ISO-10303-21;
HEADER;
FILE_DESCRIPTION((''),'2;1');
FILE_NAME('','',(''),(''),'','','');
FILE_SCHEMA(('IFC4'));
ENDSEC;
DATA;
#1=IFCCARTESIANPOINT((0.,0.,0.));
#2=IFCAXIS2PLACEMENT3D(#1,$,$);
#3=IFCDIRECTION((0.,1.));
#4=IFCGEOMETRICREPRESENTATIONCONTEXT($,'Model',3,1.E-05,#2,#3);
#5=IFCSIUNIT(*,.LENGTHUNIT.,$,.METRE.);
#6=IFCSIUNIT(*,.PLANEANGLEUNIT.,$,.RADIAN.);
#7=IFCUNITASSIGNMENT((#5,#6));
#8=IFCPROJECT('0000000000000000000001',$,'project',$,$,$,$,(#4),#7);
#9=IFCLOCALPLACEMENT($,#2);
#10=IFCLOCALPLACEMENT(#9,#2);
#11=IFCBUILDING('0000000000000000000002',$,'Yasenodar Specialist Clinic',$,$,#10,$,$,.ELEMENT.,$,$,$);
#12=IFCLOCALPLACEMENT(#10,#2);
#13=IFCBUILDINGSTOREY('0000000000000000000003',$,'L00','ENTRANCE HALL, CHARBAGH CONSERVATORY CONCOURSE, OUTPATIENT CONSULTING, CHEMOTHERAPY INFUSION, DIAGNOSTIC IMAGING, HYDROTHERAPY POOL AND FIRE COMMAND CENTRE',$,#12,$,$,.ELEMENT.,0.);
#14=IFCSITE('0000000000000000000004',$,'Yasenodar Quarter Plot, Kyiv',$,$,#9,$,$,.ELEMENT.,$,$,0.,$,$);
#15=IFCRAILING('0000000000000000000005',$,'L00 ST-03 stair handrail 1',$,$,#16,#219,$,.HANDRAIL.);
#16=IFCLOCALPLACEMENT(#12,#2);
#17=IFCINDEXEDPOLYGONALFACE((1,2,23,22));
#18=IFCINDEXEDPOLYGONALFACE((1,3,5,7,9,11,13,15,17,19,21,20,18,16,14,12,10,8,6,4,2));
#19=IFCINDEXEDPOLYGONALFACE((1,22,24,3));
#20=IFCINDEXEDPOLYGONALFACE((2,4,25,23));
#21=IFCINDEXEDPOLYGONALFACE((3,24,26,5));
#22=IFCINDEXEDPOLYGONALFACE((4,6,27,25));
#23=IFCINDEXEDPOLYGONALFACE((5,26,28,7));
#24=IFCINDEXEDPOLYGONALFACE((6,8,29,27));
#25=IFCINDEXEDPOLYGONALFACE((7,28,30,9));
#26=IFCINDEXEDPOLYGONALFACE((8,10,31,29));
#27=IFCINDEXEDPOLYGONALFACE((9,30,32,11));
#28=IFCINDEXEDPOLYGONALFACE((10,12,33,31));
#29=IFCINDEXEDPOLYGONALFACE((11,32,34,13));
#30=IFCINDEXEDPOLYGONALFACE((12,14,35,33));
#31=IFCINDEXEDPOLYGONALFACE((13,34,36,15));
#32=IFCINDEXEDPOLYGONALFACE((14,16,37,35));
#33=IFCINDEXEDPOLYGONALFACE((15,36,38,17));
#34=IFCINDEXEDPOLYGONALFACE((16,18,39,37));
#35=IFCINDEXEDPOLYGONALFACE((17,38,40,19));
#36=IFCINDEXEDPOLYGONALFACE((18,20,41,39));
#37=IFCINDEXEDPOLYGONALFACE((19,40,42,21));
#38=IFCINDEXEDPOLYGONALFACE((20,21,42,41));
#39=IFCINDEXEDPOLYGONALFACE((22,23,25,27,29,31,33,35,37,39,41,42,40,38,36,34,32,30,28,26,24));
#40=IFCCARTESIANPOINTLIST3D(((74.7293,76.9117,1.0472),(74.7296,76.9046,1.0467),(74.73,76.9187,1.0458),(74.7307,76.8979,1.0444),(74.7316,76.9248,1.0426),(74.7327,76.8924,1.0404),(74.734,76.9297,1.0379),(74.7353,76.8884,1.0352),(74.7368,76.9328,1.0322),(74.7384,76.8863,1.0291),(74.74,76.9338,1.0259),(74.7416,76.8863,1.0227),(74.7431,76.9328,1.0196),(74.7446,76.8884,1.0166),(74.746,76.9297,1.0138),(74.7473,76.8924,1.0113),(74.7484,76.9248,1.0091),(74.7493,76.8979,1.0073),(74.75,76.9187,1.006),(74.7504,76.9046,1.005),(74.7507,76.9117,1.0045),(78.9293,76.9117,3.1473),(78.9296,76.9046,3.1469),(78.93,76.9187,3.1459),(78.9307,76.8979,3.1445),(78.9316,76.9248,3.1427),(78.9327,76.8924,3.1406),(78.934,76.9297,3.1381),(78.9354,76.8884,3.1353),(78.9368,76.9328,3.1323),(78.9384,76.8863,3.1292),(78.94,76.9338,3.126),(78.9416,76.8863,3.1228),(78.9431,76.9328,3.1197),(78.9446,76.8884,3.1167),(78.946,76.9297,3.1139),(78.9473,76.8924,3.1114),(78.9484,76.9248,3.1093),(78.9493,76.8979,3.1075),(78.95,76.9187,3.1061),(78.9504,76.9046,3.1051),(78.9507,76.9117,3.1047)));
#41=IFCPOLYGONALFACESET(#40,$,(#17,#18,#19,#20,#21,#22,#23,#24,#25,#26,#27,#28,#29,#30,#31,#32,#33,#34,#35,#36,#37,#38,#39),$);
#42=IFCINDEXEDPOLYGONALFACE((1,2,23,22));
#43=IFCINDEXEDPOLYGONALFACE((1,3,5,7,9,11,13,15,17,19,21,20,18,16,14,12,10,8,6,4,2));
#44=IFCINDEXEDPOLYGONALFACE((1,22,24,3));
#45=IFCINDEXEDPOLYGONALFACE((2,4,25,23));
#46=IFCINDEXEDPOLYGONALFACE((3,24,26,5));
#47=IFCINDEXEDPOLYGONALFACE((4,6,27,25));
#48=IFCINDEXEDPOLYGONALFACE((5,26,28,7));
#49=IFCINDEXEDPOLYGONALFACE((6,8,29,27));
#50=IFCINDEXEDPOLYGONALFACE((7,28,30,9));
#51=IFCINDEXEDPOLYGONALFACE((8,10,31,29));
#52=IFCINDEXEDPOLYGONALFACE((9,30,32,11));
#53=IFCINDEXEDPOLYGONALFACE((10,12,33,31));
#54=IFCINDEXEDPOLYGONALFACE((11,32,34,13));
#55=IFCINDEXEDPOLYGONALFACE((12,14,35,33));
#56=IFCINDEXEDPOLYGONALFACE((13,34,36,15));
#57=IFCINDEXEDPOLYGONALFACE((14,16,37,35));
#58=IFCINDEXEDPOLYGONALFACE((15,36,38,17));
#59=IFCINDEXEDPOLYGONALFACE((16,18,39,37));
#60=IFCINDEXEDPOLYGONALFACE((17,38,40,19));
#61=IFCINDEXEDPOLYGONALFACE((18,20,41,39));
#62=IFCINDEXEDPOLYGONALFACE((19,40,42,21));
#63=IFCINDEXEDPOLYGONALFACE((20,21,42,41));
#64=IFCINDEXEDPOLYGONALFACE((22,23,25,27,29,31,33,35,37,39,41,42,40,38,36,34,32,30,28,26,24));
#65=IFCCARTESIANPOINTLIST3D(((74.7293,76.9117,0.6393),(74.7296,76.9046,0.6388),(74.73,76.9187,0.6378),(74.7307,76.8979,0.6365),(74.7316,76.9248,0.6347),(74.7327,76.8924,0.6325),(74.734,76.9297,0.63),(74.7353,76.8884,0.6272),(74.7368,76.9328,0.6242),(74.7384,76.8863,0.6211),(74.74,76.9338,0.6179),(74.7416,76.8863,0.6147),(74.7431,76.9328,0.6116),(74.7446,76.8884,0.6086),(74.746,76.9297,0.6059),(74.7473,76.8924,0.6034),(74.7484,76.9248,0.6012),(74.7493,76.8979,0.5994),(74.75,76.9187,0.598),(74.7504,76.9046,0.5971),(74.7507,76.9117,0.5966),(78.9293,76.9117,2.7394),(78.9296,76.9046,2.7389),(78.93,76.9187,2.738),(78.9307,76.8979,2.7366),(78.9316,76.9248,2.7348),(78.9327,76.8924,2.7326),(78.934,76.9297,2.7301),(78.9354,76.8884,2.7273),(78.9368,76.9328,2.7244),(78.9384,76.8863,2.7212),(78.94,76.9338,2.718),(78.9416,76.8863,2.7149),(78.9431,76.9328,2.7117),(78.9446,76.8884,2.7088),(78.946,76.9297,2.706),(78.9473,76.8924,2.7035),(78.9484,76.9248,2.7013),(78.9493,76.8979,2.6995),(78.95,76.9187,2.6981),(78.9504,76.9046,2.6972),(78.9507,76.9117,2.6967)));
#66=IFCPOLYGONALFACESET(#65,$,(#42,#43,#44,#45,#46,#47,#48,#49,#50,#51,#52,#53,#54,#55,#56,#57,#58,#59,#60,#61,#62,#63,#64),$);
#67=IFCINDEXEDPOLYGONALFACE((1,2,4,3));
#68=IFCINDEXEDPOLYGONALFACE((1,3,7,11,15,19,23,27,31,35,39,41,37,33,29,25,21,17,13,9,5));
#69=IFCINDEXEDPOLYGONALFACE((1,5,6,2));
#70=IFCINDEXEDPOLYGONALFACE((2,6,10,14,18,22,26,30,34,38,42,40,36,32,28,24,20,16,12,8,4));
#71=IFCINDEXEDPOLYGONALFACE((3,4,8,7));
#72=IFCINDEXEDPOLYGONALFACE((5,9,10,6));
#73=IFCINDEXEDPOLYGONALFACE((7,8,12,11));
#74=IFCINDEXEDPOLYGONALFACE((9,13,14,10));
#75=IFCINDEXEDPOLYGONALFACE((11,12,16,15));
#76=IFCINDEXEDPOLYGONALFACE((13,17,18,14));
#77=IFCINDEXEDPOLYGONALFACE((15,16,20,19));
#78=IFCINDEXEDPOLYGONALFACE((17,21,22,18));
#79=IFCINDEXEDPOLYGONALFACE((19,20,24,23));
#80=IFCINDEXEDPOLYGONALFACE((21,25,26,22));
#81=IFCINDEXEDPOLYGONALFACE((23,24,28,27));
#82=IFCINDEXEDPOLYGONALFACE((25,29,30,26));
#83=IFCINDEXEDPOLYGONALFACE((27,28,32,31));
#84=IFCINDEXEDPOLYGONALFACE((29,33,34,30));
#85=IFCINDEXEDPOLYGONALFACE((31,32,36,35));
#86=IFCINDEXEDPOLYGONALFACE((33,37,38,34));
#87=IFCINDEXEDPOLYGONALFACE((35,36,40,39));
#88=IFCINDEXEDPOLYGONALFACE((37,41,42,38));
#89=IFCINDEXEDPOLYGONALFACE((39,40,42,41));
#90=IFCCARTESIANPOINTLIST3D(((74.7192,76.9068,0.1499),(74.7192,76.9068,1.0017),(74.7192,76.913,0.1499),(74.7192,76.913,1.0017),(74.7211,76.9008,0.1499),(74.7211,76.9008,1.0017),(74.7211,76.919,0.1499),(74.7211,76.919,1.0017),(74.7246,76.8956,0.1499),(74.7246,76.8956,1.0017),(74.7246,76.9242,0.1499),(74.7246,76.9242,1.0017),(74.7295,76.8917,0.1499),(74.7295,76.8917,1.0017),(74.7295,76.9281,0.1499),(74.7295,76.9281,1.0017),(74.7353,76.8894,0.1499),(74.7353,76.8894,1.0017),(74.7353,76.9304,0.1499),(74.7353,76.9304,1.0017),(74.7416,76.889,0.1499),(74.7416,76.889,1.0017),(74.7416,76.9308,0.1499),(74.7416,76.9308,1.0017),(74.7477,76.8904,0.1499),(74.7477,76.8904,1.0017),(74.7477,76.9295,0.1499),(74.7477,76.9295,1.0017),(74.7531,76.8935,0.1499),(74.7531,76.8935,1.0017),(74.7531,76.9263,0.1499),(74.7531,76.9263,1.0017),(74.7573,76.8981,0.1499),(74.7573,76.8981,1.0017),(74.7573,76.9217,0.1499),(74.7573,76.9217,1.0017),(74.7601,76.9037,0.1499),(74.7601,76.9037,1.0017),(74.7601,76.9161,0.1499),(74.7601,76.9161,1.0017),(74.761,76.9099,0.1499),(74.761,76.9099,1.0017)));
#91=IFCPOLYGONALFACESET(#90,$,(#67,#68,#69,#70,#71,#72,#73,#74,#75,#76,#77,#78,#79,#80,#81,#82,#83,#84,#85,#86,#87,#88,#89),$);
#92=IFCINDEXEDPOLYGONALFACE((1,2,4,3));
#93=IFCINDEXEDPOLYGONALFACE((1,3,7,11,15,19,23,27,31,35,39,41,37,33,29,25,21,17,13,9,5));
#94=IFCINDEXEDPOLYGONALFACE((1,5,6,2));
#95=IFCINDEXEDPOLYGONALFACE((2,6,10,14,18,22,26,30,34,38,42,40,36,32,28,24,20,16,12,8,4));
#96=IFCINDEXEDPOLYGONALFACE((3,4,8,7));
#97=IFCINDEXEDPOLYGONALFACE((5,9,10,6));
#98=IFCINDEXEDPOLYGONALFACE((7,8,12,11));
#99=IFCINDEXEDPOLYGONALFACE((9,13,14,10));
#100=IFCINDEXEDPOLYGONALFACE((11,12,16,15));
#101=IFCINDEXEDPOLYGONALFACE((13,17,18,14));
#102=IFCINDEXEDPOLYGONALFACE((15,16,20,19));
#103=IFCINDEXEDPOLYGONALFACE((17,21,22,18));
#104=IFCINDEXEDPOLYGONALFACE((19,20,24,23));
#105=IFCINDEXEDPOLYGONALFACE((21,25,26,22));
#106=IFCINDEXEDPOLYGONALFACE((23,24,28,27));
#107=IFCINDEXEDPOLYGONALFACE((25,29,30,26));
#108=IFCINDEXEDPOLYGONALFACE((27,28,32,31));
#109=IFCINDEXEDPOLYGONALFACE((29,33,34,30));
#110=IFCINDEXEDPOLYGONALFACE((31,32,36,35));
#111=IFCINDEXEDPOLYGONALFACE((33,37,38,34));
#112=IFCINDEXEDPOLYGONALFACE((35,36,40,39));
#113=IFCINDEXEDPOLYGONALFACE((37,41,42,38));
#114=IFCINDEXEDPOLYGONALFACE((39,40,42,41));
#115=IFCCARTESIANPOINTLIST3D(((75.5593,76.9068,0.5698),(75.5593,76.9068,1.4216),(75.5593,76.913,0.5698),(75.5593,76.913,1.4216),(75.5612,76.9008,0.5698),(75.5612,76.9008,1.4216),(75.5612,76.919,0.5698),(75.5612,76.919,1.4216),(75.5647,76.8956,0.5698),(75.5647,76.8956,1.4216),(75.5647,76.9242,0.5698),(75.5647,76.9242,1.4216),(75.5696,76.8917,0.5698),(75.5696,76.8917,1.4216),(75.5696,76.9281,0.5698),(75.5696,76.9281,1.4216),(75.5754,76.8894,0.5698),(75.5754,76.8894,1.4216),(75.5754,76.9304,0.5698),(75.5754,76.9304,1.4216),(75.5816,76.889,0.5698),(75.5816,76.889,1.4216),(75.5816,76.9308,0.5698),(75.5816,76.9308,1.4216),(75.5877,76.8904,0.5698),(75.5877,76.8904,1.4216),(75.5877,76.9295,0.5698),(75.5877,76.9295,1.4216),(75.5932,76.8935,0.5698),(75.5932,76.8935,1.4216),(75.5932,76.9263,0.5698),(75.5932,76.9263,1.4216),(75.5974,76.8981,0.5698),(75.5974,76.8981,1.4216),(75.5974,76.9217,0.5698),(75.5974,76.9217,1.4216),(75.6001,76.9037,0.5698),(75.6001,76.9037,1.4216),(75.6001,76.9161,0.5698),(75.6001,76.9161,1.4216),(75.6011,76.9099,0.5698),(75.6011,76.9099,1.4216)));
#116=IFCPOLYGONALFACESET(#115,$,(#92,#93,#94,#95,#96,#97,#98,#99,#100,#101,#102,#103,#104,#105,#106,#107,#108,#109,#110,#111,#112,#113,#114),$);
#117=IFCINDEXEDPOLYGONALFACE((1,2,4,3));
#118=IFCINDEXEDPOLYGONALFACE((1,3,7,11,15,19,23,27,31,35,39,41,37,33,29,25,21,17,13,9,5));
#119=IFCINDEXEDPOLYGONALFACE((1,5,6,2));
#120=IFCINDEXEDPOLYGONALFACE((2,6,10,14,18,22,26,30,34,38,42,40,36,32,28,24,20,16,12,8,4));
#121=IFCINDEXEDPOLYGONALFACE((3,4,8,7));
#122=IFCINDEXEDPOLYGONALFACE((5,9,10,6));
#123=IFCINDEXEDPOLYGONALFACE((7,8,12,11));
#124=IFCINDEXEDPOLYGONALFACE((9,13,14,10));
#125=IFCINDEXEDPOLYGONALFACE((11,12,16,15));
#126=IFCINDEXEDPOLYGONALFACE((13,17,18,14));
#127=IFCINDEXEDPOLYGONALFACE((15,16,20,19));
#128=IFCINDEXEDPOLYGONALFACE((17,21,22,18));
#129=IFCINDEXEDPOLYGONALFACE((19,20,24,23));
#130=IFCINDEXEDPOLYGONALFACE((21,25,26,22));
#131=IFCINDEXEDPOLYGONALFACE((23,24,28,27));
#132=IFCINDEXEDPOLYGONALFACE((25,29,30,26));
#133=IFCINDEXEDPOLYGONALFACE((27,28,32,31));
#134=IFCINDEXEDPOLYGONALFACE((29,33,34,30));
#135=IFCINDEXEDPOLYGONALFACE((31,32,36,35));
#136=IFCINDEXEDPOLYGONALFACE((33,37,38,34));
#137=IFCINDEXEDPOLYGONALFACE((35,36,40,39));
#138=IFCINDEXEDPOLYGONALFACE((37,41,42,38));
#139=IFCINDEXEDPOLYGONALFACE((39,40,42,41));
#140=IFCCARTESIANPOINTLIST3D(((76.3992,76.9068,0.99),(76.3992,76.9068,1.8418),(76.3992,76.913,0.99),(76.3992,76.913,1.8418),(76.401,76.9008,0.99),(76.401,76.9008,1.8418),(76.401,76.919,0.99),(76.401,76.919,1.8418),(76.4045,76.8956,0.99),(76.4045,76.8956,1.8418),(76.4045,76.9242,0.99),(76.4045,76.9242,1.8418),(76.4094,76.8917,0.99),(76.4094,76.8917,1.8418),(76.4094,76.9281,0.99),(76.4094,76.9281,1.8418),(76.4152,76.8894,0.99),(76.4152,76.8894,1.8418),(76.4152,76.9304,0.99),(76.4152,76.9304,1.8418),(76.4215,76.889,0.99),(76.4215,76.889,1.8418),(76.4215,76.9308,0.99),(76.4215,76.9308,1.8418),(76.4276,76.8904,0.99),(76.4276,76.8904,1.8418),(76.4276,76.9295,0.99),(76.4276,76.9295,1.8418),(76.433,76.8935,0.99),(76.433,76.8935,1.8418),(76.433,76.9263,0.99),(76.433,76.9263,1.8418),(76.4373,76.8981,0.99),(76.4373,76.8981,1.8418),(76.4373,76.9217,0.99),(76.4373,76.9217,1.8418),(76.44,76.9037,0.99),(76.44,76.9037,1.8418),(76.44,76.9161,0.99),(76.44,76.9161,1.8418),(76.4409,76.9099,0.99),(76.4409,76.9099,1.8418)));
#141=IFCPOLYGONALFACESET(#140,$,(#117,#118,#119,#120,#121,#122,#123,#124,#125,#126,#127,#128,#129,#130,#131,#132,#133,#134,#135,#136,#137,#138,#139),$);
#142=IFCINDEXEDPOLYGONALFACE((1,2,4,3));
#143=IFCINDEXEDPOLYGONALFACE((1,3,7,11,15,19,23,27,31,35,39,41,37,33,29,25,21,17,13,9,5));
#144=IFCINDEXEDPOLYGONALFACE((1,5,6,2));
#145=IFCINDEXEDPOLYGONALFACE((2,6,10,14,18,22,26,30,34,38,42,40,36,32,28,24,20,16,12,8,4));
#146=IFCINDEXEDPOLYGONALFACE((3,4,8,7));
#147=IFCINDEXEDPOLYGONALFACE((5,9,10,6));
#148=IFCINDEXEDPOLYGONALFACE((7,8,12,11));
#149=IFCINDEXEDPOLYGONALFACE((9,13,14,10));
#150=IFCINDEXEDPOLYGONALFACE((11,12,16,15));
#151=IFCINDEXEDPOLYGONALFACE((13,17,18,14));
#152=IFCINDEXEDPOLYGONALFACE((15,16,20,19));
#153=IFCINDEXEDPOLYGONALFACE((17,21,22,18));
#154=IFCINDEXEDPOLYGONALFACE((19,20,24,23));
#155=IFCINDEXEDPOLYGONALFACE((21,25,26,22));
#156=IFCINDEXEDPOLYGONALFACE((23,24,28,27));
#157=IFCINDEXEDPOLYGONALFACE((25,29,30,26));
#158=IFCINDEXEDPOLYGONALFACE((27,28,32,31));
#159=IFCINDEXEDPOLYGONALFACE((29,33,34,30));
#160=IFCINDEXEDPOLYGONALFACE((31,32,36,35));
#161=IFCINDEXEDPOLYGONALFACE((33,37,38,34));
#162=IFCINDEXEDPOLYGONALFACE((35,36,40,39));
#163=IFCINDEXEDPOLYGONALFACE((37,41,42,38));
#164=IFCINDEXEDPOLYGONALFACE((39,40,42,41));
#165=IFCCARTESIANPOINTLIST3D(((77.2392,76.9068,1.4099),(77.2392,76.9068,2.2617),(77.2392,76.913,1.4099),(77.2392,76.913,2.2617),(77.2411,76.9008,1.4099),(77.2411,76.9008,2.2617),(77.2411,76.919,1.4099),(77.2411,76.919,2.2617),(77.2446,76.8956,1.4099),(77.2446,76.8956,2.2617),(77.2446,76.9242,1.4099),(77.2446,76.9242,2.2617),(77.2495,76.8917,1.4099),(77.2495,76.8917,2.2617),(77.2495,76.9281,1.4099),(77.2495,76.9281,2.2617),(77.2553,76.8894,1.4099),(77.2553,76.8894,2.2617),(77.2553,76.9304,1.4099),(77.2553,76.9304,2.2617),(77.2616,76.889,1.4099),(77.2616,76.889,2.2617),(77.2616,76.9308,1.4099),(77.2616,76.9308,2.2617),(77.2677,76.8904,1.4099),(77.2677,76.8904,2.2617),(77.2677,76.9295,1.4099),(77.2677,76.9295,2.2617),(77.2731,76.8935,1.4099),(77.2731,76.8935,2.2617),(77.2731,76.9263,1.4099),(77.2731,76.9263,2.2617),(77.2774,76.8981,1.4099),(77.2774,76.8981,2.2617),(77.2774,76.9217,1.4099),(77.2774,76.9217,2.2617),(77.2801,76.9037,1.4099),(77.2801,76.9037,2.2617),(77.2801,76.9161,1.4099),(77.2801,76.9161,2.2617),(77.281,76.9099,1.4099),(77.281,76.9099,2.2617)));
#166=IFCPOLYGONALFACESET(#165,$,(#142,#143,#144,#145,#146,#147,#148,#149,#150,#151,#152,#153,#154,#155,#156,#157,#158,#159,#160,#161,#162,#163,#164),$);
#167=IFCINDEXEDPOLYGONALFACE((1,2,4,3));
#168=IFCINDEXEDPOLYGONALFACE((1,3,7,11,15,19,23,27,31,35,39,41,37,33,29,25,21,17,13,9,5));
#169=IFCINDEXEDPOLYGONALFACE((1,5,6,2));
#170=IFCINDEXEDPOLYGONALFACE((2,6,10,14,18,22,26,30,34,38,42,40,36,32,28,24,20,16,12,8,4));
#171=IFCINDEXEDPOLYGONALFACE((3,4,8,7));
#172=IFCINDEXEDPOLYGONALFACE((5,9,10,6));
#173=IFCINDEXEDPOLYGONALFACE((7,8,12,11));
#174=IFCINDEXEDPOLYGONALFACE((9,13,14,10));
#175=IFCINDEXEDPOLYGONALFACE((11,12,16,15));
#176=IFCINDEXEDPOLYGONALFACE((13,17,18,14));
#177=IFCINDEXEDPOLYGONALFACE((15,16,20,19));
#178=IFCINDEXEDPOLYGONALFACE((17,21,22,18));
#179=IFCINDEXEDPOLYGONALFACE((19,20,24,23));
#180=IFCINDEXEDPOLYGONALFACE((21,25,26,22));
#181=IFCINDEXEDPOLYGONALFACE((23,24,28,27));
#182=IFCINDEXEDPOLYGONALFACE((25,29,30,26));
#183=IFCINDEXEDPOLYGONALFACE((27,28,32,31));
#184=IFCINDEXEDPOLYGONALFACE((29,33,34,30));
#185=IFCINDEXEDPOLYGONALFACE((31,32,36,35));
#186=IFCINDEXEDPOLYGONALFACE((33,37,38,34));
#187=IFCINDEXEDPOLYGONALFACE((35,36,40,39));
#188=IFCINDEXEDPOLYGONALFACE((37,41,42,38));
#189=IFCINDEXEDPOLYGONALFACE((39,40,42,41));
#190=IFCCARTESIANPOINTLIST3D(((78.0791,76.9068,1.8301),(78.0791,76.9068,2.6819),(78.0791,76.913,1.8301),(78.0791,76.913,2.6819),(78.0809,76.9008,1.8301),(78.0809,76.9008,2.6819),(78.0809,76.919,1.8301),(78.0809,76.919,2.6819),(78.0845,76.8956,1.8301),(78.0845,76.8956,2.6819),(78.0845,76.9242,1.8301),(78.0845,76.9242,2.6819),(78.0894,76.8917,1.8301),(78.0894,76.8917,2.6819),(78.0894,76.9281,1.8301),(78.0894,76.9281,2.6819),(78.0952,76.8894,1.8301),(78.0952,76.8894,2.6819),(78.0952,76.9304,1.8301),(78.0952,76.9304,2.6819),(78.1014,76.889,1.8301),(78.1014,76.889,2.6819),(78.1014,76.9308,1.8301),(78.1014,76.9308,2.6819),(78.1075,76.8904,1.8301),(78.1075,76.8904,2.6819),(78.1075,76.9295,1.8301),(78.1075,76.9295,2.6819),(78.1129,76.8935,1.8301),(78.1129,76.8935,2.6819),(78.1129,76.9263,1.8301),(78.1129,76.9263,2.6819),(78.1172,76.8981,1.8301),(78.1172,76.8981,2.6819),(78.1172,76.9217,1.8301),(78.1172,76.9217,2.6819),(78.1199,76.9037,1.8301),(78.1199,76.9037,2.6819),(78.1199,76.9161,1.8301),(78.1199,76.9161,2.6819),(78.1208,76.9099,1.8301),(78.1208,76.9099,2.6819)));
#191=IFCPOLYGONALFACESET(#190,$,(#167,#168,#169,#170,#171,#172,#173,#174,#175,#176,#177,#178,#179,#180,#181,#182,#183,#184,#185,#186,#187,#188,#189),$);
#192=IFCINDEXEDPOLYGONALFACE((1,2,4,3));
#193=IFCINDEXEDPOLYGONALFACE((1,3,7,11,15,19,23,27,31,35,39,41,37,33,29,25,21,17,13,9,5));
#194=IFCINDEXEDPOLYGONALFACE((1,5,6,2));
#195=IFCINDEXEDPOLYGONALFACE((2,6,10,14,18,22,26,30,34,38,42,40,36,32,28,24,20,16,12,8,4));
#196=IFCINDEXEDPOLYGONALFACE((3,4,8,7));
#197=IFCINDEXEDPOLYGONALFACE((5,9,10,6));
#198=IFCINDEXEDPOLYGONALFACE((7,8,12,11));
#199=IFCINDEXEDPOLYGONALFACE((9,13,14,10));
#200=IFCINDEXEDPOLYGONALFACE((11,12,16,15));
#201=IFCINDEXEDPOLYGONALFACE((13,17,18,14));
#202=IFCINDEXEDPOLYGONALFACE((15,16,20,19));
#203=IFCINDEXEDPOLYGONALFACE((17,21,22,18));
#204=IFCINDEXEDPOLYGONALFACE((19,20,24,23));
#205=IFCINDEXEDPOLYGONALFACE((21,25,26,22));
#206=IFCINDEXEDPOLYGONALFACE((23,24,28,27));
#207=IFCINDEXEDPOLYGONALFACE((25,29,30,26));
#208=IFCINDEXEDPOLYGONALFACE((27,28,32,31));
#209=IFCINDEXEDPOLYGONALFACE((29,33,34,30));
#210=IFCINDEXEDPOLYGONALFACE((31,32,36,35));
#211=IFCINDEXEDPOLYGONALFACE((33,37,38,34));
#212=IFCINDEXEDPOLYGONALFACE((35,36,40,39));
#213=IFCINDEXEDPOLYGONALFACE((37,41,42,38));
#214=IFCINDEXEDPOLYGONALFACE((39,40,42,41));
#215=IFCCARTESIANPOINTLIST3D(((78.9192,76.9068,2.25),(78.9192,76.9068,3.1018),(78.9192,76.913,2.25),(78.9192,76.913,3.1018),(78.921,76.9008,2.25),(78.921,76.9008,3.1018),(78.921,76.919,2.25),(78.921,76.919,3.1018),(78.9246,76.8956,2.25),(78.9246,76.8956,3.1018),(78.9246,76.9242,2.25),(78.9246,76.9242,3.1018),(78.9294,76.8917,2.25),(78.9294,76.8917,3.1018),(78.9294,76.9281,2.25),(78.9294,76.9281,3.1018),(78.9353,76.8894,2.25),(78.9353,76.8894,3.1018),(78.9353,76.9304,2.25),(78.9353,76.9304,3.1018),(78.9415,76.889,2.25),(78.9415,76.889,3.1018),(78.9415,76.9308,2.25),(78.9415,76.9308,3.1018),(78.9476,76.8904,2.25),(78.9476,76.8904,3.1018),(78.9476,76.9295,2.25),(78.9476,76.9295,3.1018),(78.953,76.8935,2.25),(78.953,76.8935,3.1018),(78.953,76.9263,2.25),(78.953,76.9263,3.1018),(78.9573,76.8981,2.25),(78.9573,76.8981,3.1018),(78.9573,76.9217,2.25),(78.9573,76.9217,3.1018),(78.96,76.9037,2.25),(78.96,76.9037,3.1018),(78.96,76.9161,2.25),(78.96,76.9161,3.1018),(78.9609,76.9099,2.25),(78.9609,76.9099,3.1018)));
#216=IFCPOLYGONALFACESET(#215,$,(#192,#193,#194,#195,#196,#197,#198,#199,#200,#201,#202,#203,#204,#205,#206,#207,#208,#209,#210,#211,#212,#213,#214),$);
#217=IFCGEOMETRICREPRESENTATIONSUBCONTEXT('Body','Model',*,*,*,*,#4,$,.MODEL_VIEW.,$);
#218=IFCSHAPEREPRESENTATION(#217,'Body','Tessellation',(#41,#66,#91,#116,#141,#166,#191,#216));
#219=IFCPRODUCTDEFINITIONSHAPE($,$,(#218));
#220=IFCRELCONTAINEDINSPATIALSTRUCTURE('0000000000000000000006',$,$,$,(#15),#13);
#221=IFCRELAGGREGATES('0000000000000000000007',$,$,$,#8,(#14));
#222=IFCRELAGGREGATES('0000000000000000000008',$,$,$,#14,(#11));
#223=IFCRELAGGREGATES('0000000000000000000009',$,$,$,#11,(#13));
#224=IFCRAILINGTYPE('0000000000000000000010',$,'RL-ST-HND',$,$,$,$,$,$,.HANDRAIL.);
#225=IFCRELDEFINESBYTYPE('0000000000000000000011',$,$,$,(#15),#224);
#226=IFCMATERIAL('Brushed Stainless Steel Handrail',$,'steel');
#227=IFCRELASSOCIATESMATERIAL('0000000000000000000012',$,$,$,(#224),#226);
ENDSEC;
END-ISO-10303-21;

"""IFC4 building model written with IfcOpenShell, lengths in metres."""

from ifc_helpers import new_model, si_unit, direction, frame, origin, origin_2d, place, context, subcontext, project, spatial, circle, extrude, material, type_object, element, save


model = new_model("IFC4")

# Units and contexts
model_context = context("Model", 3, precision=1e-05, world=origin(), true_north=direction((0.0, 1.0)))
body_context = subcontext(model_context, "Body", "Model", "MODEL_VIEW")
ifc_project = project(units=[si_unit("LENGTHUNIT", "METRE"), si_unit("PLANEANGLEUNIT", "RADIAN")], contexts=[model_context])

# Site, building, storey
site_placement = place(None, origin())
site = spatial("IfcSite", under=ifc_project, at=site_placement, Name="Yasenodar Quarter Plot, Kyiv", CompositionType="ELEMENT", RefElevation=0.0)
building_placement = place(site_placement, origin())
building = spatial("IfcBuilding", under=site, at=building_placement, Name="Yasenodar Specialist Clinic", CompositionType="ELEMENT")
storey_placement = place(building_placement, origin())
storey = spatial("IfcBuildingStorey", under=building, at=storey_placement, Name="L00", Description="ENTRANCE HALL, CHARBAGH CONSERVATORY CONCOURSE, OUTPATIENT CONSULTING, CHEMOTHERAPY INFUSION, DIAGNOSTIC IMAGING, HYDROTHERAPY POOL AND FIRE COMMAND CENTRE", CompositionType="ELEMENT", Elevation=0.0)

# Railing
ifc_material_1 = material(Name="Brushed Stainless Steel Handrail", Category="steel")
railing_type_1 = type_object("IfcRailingType", Name="RL-ST-HND", PredefinedType="HANDRAIL", material=ifc_material_1)
railing_1_placement = place(storey_placement, frame((74.74, 76.9099, 0.1499)))
element("IfcRailing", 1, at=railing_1_placement, inside=storey, type_object=railing_type_1, Name="L00 ST-03 stair handrail 1", PredefinedType="HANDRAIL", context=body_context, shape_type="SweptSolid", body=[
    extrude(circle(Radius=0.0239, at=origin_2d()), frame((0.0, 0.0, 0.876), z_axis=(0.894417, 0.0, 0.447234), x_axis=(0.0, 1.0, 0.0)), (0.0, 0.0, 1.0), 4.6958),
    extrude(circle(Radius=0.0239, at=origin_2d()), frame((0.0, 0.0, 0.468), z_axis=(0.894417, 0.0, 0.447234), x_axis=(0.0, 1.0, 0.0)), (0.0, 0.0, 1.0), 4.6958),
    extrude(circle(Radius=0.021, at=origin_2d()), origin(), (0.0, 0.0, 1.0), 0.8518),
    extrude(circle(Radius=0.021, at=origin_2d()), frame((0.8401, 0.0, 0.4199)), (0.0, 0.0, 1.0), 0.8518),
    extrude(circle(Radius=0.021, at=origin_2d()), frame((1.6799, 0.0, 0.8401)), (0.0, 0.0, 1.0), 0.8518),
    extrude(circle(Radius=0.021, at=origin_2d()), frame((2.52, 0.0, 1.26)), (0.0, 0.0, 1.0), 0.8518),
    extrude(circle(Radius=0.021, at=origin_2d()), frame((3.3599, 0.0, 1.6802)), (0.0, 0.0, 1.0), 0.8518),
    extrude(circle(Radius=0.021, at=origin_2d()), frame((4.2, 0.0, 2.1001)), (0.0, 0.0, 1.0), 0.8518),
])

save(model, "model.ifc")
